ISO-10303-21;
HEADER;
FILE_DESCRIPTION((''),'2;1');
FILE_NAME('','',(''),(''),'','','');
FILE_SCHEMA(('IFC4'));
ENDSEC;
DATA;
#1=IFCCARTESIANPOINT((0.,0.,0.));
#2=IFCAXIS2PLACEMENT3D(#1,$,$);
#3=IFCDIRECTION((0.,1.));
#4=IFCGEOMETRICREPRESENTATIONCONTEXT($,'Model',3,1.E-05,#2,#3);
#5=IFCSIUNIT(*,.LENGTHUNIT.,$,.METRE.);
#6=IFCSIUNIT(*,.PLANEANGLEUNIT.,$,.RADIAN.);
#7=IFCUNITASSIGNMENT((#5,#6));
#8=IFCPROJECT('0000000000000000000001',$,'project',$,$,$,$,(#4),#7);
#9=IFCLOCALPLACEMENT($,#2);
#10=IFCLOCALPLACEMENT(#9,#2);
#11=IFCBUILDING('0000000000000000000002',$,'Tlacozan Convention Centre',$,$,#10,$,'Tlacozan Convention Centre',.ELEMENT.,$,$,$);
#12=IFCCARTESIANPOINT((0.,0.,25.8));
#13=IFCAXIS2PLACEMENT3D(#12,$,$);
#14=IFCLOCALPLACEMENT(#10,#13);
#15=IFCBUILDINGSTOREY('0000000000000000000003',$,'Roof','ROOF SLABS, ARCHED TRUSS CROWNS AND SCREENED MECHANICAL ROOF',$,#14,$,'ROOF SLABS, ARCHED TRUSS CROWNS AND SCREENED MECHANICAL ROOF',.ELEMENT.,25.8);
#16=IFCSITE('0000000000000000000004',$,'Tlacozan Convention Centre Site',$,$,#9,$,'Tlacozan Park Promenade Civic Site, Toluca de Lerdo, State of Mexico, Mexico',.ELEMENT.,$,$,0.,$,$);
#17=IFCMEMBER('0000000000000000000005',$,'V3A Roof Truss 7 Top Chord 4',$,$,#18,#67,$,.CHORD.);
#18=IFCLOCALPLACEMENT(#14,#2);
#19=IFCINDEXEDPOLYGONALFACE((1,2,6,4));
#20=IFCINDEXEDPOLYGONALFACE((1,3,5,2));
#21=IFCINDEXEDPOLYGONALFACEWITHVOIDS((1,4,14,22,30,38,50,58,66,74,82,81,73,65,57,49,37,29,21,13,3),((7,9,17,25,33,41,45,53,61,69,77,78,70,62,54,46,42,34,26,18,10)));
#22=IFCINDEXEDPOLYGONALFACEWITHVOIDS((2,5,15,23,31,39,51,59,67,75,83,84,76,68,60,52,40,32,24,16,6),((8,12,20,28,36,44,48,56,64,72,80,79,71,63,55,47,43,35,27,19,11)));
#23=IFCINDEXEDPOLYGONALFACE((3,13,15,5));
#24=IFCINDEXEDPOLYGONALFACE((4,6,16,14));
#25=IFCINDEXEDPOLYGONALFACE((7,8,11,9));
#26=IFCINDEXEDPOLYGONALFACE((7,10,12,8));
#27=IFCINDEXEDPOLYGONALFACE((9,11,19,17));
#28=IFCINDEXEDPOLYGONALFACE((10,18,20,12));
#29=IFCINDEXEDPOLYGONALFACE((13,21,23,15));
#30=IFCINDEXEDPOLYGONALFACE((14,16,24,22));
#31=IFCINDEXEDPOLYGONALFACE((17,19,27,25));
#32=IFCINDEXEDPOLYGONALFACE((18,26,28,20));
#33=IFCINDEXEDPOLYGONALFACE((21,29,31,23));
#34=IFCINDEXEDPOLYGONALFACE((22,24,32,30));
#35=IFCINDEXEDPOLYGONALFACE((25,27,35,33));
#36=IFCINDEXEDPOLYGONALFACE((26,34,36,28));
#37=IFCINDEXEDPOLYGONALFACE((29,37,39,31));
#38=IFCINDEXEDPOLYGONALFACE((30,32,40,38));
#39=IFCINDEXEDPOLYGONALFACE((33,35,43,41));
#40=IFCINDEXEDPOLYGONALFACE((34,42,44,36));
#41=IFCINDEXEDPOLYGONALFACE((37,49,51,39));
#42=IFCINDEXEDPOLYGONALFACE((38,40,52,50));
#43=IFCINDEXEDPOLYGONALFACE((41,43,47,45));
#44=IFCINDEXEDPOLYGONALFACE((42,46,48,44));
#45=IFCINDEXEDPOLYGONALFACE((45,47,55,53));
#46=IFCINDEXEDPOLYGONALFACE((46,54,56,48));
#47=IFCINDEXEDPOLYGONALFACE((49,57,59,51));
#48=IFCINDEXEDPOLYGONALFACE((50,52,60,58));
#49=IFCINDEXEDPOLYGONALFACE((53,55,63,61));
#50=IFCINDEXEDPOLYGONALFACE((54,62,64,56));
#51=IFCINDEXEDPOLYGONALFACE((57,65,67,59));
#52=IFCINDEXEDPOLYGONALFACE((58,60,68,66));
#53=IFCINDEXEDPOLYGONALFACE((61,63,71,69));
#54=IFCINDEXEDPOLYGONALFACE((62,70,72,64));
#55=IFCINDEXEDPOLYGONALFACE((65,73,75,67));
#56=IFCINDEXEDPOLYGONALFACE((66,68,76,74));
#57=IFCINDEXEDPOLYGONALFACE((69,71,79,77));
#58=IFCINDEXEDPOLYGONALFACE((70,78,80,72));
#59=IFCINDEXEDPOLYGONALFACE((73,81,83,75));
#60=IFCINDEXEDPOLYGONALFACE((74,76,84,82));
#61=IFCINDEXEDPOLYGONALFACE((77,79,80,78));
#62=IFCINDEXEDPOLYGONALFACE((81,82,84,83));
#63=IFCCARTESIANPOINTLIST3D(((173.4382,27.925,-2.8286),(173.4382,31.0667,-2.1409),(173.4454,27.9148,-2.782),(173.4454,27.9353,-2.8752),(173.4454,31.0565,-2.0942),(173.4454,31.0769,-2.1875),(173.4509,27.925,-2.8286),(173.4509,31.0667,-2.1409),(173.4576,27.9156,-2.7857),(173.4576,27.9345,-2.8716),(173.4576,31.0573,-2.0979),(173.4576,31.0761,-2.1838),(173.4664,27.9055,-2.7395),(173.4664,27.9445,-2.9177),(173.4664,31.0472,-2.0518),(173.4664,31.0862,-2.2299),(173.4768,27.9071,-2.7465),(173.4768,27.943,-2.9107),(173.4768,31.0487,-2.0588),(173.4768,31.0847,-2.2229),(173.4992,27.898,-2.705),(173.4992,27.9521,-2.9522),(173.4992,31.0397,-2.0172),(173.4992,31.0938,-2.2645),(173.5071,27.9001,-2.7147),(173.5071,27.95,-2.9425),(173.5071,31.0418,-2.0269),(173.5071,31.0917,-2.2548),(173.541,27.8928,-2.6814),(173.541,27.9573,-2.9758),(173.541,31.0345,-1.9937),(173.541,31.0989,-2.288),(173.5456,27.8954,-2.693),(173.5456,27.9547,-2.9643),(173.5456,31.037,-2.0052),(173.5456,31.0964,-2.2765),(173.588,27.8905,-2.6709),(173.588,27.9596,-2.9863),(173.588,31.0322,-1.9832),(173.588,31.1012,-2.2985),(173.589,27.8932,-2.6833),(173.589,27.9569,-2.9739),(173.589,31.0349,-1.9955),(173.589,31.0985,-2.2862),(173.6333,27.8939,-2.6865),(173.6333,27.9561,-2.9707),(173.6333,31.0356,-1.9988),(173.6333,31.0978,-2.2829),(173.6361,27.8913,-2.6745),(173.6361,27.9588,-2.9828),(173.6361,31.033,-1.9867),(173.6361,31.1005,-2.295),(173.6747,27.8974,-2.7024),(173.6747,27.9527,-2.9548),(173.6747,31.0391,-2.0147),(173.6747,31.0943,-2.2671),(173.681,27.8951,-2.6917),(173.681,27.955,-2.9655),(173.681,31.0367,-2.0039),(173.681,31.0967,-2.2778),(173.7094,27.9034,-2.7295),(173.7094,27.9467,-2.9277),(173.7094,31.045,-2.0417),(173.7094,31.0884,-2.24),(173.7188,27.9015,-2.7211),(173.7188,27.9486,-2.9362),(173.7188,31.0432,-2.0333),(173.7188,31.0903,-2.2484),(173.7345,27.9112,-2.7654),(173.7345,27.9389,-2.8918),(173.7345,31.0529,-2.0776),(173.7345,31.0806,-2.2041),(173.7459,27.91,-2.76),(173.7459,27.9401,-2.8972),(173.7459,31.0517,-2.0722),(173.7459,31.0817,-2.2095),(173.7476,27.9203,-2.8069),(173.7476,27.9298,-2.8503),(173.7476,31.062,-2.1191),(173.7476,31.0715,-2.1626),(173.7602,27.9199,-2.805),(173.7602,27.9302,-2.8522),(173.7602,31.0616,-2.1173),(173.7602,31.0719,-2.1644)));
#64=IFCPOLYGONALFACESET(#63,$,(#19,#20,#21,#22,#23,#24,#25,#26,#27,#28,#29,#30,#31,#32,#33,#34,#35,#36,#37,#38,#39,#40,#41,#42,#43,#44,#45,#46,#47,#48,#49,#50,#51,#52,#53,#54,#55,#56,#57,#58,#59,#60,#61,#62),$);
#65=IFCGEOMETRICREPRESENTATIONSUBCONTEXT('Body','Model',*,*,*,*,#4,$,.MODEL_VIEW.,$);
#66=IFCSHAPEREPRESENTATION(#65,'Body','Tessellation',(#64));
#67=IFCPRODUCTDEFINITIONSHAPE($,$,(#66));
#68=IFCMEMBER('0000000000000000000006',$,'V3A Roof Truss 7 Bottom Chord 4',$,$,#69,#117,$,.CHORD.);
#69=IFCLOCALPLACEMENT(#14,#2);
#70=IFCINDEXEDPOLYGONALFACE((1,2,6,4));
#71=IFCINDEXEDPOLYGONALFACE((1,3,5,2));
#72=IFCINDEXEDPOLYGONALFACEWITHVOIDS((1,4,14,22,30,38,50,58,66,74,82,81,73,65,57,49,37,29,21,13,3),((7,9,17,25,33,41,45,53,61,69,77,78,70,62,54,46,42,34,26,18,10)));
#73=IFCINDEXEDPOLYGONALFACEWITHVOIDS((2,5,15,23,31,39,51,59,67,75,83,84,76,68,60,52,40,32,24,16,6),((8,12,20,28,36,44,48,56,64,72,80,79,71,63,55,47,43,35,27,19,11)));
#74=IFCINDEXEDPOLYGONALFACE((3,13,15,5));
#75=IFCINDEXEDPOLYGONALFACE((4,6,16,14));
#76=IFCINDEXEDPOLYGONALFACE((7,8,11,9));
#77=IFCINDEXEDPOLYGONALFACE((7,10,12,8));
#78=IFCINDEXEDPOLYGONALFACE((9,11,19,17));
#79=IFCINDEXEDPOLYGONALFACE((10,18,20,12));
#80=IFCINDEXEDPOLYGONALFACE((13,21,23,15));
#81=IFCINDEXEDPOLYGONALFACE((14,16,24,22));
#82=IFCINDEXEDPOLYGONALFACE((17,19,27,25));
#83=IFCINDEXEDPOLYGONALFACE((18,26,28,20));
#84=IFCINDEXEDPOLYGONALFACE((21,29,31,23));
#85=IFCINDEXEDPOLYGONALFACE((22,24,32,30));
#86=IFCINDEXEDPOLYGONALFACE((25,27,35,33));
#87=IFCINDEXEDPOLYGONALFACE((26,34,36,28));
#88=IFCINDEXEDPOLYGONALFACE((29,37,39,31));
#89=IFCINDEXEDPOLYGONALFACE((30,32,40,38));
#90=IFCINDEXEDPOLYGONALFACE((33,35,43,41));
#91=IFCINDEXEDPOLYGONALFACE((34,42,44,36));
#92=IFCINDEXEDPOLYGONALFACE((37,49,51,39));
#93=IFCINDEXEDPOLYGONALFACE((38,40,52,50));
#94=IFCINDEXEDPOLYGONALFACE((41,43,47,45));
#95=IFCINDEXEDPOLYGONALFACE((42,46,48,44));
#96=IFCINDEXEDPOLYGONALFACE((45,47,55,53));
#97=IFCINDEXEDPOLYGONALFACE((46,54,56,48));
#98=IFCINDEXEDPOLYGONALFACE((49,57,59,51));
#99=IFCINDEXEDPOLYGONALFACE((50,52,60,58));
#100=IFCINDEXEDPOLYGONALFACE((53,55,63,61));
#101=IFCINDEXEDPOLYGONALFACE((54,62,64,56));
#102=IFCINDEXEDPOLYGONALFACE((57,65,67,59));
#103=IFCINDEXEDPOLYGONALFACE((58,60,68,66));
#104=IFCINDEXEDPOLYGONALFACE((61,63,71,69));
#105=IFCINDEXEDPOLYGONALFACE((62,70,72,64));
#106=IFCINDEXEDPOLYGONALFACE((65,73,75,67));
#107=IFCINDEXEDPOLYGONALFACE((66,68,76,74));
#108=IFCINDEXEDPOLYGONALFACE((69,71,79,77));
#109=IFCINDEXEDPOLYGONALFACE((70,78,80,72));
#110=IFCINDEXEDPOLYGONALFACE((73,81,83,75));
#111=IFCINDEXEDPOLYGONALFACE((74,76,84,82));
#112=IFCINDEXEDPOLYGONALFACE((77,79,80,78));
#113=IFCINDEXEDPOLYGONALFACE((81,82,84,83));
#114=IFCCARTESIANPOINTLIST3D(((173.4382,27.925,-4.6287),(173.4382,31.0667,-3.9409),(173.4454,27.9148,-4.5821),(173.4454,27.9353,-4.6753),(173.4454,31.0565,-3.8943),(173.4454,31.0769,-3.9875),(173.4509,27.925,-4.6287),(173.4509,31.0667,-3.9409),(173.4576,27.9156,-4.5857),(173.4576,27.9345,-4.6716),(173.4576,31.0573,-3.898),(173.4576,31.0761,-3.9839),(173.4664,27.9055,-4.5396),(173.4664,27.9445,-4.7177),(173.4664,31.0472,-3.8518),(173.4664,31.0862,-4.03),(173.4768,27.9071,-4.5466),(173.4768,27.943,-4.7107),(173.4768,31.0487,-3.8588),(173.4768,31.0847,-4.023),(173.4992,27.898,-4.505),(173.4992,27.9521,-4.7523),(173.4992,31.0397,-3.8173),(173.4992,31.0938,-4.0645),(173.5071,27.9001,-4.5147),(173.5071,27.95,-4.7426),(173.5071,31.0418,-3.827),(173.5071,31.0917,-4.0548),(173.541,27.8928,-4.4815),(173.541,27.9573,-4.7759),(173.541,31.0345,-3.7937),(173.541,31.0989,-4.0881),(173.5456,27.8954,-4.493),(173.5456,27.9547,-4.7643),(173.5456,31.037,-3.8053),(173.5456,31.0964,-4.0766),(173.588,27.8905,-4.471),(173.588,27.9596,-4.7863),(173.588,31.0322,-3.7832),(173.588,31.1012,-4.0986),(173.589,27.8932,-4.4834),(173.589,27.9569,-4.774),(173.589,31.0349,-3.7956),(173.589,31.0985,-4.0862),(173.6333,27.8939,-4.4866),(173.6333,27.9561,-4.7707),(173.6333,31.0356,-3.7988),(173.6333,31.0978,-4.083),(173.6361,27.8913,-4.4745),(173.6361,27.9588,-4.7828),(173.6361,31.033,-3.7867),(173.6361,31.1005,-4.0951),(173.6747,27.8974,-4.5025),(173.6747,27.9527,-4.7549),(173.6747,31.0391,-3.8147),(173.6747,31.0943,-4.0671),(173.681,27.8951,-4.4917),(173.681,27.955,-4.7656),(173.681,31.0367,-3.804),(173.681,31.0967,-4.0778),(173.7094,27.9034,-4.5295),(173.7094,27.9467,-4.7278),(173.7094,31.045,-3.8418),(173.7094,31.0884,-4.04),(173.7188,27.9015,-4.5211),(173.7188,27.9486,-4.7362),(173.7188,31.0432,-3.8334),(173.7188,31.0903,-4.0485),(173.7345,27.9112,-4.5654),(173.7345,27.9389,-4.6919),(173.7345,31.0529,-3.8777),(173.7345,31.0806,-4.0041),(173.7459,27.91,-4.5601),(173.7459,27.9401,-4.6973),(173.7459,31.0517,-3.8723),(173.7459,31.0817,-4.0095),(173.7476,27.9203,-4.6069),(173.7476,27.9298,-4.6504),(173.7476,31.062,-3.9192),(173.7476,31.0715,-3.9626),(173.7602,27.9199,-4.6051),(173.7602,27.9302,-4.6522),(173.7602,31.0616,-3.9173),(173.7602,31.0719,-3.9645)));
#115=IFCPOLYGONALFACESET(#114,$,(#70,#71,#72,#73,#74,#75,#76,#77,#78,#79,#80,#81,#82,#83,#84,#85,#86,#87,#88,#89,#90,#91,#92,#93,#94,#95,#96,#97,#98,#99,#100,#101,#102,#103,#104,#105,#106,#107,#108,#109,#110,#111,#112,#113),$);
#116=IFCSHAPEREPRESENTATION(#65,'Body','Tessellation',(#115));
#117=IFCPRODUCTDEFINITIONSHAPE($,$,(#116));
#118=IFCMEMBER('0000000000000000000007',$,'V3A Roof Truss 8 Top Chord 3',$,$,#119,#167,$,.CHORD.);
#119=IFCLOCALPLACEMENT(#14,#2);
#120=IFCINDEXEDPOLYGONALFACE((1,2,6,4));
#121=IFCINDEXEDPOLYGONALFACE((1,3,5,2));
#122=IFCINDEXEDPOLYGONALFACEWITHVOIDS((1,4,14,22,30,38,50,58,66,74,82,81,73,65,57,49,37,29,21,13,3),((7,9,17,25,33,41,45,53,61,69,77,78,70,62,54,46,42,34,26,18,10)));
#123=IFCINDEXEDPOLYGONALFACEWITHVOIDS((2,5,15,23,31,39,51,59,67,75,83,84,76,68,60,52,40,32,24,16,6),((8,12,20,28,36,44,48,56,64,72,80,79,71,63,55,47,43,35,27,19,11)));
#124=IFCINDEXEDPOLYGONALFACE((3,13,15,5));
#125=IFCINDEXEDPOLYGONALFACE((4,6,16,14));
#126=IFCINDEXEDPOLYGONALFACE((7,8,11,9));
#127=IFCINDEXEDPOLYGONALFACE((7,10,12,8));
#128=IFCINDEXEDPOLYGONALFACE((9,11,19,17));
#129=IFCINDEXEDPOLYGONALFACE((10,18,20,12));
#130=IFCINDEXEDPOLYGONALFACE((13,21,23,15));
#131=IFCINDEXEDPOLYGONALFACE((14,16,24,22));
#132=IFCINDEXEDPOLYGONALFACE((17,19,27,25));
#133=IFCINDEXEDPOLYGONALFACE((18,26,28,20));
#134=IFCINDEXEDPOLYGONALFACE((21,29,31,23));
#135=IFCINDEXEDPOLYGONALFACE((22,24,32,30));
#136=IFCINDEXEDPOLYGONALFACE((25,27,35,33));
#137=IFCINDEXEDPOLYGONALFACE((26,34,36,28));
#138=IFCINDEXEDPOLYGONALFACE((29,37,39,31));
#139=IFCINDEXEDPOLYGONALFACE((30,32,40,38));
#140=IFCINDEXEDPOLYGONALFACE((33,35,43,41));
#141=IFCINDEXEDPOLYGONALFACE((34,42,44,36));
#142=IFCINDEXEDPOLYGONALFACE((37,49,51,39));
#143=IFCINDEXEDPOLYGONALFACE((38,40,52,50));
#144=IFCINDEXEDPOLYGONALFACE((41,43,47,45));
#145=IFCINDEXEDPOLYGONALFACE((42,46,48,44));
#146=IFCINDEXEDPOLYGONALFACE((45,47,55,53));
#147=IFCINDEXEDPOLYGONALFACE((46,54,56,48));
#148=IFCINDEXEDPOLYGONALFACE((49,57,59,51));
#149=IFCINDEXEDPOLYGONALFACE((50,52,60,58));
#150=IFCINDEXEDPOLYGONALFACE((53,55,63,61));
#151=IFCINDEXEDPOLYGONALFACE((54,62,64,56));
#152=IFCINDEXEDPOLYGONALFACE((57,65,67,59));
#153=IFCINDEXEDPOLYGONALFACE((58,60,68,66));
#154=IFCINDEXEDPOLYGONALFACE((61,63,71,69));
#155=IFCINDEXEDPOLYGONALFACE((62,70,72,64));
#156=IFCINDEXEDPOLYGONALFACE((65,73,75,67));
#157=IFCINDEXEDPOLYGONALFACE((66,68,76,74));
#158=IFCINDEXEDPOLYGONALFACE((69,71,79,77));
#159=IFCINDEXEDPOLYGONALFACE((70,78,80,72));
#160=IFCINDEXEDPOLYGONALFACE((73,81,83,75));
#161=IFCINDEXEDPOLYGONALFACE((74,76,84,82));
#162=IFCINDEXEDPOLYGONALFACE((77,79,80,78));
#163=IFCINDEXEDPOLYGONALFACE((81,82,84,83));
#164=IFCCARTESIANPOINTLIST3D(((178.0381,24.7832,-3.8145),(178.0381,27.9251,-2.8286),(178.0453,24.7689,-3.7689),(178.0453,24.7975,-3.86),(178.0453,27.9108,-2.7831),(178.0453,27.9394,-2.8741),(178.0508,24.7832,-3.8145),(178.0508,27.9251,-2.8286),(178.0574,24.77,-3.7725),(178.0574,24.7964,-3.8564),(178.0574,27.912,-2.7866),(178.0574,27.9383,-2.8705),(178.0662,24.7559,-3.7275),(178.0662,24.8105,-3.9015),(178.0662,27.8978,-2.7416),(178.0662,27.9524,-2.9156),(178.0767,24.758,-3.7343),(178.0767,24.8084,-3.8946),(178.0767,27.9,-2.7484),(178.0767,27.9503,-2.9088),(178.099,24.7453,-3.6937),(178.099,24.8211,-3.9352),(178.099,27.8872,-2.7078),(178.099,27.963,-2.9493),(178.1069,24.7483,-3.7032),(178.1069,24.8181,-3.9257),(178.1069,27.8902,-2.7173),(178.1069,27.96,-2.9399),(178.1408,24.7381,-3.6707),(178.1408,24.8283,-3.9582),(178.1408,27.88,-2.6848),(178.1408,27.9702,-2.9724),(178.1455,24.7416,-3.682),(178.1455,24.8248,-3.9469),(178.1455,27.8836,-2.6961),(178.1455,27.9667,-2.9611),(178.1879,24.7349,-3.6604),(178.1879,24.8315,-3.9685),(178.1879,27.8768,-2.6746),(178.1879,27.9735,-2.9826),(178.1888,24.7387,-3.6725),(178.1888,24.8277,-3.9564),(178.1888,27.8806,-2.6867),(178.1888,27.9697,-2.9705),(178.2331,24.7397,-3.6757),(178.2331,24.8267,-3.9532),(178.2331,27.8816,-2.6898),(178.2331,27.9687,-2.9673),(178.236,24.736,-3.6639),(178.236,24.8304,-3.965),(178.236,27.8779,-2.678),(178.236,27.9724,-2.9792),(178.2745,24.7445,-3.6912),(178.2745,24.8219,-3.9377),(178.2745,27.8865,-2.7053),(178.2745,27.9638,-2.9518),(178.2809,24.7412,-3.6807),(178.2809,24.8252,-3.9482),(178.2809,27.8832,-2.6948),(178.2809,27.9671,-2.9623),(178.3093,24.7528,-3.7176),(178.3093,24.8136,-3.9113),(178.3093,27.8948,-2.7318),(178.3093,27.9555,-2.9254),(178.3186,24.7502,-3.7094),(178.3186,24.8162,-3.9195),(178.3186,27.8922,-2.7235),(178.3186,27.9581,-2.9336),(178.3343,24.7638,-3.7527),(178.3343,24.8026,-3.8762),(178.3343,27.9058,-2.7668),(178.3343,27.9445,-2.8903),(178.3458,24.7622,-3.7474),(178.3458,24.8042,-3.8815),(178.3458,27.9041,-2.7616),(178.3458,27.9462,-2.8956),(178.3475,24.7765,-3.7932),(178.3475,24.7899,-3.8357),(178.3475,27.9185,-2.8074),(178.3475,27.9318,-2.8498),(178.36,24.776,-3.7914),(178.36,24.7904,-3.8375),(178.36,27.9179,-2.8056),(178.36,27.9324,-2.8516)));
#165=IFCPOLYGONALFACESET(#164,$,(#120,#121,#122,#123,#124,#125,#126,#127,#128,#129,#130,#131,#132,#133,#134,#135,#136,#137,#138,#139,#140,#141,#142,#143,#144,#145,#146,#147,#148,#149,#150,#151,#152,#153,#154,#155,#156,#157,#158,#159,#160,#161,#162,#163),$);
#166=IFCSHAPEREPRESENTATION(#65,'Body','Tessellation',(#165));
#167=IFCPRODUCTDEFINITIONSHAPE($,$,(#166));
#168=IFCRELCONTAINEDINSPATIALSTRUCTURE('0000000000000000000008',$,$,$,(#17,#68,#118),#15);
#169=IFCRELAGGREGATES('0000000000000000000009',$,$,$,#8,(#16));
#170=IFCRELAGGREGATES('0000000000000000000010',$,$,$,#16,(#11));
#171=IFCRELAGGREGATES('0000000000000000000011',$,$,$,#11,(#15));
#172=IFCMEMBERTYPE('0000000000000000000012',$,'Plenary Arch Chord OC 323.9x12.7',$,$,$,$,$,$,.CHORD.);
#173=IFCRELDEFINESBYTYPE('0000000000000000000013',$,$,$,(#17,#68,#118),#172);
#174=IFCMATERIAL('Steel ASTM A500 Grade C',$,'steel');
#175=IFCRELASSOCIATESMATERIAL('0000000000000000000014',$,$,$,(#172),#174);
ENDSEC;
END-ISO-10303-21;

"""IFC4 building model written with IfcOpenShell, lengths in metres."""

from ifc_helpers import new_model, si_unit, direction, frame, origin, origin_2d, place, context, subcontext, project, spatial, hollow_circle, extrude, material, material_profile, profile_set, type_object, element, save


model = new_model("IFC4")

# Units and contexts
model_context = context("Model", 3, precision=1e-05, world=origin(), true_north=direction((0.0, 1.0)))
body_context = subcontext(model_context, "Body", "Model", "MODEL_VIEW")
ifc_project = project(units=[si_unit("LENGTHUNIT", "METRE"), si_unit("PLANEANGLEUNIT", "RADIAN")], contexts=[model_context])

# Site, building, storey
site_placement = place(None, origin())
site = spatial("IfcSite", under=ifc_project, at=site_placement, Name="Tlacozan Convention Centre Site", LongName="Tlacozan Park Promenade Civic Site, Toluca de Lerdo, State of Mexico, Mexico", CompositionType="ELEMENT", RefElevation=0.0)
building_placement = place(site_placement, origin())
building = spatial("IfcBuilding", under=site, at=building_placement, Name="Tlacozan Convention Centre", LongName="Tlacozan Convention Centre", CompositionType="ELEMENT")
storey_placement = place(building_placement, frame((0.0, 0.0, 25.8)))
storey = spatial("IfcBuildingStorey", under=building, at=storey_placement, Name="Roof", Description="ROOF SLABS, ARCHED TRUSS CROWNS AND SCREENED MECHANICAL ROOF", LongName="ROOF SLABS, ARCHED TRUSS CROWNS AND SCREENED MECHANICAL ROOF", CompositionType="ELEMENT", Elevation=25.8)

# Members
ifc_material_1 = material(Name="Steel ASTM A500 Grade C", Category="steel")
ifc_material_profile_1 = material_profile(ifc_material_1, hollow_circle(Radius=0.1619, WallThickness=0.0127, at=origin_2d()), Name="OC 323.9x12.7")
ifc_profile_set_1 = profile_set([ifc_material_profile_1], Name="Steel ASTM A500 Grade C")
member_type_1 = type_object("IfcMemberType", Name="Plenary Arch Chord OC 323.9x12.7", PredefinedType="CHORD", material=ifc_profile_set_1)
for number, where, z_axis, x_axis, name in (
    (1, (173.6001, 27.925, -2.8286), (0.0, 0.976866, 0.213851), (-1.0, 0.0, 0.0), "V3A Roof Truss 7 Top Chord 4"),
    (2, (173.6001, 27.925, -4.6287), (0.0, 0.976866, 0.213851), (-1.0, 0.0, 0.0), "V3A Roof Truss 7 Bottom Chord 4"),
):
    element("IfcMember", number, at=place(storey_placement, frame(where, z_axis=z_axis, x_axis=x_axis)), inside=storey, type_object=member_type_1, Name=name, PredefinedType="CHORD", context=body_context, shape_type="SweptSolid", body=[
        extrude(hollow_circle(Radius=0.1619, WallThickness=0.0127, at=origin_2d()), origin(), (0.0, 0.0, 1.0), 3.2161),
    ])
for number, where, z_axis, x_axis, name in (
    (3, (178.2, 24.7832, -3.8145), (0.0, 0.954132, 0.299385), (-1.0, 0.0, 0.0), "V3A Roof Truss 8 Top Chord 3"),
):
    element("IfcMember", number, at=place(storey_placement, frame(where, z_axis=z_axis, x_axis=x_axis)), inside=storey, type_object=member_type_1, Name=name, PredefinedType="CHORD", context=body_context, shape_type="SweptSolid", body=[
        extrude(hollow_circle(Radius=0.1619, WallThickness=0.0127, at=origin_2d()), origin(), (0.0, 0.0, 1.0), 3.293),
    ])

save(model, "model.ifc")
